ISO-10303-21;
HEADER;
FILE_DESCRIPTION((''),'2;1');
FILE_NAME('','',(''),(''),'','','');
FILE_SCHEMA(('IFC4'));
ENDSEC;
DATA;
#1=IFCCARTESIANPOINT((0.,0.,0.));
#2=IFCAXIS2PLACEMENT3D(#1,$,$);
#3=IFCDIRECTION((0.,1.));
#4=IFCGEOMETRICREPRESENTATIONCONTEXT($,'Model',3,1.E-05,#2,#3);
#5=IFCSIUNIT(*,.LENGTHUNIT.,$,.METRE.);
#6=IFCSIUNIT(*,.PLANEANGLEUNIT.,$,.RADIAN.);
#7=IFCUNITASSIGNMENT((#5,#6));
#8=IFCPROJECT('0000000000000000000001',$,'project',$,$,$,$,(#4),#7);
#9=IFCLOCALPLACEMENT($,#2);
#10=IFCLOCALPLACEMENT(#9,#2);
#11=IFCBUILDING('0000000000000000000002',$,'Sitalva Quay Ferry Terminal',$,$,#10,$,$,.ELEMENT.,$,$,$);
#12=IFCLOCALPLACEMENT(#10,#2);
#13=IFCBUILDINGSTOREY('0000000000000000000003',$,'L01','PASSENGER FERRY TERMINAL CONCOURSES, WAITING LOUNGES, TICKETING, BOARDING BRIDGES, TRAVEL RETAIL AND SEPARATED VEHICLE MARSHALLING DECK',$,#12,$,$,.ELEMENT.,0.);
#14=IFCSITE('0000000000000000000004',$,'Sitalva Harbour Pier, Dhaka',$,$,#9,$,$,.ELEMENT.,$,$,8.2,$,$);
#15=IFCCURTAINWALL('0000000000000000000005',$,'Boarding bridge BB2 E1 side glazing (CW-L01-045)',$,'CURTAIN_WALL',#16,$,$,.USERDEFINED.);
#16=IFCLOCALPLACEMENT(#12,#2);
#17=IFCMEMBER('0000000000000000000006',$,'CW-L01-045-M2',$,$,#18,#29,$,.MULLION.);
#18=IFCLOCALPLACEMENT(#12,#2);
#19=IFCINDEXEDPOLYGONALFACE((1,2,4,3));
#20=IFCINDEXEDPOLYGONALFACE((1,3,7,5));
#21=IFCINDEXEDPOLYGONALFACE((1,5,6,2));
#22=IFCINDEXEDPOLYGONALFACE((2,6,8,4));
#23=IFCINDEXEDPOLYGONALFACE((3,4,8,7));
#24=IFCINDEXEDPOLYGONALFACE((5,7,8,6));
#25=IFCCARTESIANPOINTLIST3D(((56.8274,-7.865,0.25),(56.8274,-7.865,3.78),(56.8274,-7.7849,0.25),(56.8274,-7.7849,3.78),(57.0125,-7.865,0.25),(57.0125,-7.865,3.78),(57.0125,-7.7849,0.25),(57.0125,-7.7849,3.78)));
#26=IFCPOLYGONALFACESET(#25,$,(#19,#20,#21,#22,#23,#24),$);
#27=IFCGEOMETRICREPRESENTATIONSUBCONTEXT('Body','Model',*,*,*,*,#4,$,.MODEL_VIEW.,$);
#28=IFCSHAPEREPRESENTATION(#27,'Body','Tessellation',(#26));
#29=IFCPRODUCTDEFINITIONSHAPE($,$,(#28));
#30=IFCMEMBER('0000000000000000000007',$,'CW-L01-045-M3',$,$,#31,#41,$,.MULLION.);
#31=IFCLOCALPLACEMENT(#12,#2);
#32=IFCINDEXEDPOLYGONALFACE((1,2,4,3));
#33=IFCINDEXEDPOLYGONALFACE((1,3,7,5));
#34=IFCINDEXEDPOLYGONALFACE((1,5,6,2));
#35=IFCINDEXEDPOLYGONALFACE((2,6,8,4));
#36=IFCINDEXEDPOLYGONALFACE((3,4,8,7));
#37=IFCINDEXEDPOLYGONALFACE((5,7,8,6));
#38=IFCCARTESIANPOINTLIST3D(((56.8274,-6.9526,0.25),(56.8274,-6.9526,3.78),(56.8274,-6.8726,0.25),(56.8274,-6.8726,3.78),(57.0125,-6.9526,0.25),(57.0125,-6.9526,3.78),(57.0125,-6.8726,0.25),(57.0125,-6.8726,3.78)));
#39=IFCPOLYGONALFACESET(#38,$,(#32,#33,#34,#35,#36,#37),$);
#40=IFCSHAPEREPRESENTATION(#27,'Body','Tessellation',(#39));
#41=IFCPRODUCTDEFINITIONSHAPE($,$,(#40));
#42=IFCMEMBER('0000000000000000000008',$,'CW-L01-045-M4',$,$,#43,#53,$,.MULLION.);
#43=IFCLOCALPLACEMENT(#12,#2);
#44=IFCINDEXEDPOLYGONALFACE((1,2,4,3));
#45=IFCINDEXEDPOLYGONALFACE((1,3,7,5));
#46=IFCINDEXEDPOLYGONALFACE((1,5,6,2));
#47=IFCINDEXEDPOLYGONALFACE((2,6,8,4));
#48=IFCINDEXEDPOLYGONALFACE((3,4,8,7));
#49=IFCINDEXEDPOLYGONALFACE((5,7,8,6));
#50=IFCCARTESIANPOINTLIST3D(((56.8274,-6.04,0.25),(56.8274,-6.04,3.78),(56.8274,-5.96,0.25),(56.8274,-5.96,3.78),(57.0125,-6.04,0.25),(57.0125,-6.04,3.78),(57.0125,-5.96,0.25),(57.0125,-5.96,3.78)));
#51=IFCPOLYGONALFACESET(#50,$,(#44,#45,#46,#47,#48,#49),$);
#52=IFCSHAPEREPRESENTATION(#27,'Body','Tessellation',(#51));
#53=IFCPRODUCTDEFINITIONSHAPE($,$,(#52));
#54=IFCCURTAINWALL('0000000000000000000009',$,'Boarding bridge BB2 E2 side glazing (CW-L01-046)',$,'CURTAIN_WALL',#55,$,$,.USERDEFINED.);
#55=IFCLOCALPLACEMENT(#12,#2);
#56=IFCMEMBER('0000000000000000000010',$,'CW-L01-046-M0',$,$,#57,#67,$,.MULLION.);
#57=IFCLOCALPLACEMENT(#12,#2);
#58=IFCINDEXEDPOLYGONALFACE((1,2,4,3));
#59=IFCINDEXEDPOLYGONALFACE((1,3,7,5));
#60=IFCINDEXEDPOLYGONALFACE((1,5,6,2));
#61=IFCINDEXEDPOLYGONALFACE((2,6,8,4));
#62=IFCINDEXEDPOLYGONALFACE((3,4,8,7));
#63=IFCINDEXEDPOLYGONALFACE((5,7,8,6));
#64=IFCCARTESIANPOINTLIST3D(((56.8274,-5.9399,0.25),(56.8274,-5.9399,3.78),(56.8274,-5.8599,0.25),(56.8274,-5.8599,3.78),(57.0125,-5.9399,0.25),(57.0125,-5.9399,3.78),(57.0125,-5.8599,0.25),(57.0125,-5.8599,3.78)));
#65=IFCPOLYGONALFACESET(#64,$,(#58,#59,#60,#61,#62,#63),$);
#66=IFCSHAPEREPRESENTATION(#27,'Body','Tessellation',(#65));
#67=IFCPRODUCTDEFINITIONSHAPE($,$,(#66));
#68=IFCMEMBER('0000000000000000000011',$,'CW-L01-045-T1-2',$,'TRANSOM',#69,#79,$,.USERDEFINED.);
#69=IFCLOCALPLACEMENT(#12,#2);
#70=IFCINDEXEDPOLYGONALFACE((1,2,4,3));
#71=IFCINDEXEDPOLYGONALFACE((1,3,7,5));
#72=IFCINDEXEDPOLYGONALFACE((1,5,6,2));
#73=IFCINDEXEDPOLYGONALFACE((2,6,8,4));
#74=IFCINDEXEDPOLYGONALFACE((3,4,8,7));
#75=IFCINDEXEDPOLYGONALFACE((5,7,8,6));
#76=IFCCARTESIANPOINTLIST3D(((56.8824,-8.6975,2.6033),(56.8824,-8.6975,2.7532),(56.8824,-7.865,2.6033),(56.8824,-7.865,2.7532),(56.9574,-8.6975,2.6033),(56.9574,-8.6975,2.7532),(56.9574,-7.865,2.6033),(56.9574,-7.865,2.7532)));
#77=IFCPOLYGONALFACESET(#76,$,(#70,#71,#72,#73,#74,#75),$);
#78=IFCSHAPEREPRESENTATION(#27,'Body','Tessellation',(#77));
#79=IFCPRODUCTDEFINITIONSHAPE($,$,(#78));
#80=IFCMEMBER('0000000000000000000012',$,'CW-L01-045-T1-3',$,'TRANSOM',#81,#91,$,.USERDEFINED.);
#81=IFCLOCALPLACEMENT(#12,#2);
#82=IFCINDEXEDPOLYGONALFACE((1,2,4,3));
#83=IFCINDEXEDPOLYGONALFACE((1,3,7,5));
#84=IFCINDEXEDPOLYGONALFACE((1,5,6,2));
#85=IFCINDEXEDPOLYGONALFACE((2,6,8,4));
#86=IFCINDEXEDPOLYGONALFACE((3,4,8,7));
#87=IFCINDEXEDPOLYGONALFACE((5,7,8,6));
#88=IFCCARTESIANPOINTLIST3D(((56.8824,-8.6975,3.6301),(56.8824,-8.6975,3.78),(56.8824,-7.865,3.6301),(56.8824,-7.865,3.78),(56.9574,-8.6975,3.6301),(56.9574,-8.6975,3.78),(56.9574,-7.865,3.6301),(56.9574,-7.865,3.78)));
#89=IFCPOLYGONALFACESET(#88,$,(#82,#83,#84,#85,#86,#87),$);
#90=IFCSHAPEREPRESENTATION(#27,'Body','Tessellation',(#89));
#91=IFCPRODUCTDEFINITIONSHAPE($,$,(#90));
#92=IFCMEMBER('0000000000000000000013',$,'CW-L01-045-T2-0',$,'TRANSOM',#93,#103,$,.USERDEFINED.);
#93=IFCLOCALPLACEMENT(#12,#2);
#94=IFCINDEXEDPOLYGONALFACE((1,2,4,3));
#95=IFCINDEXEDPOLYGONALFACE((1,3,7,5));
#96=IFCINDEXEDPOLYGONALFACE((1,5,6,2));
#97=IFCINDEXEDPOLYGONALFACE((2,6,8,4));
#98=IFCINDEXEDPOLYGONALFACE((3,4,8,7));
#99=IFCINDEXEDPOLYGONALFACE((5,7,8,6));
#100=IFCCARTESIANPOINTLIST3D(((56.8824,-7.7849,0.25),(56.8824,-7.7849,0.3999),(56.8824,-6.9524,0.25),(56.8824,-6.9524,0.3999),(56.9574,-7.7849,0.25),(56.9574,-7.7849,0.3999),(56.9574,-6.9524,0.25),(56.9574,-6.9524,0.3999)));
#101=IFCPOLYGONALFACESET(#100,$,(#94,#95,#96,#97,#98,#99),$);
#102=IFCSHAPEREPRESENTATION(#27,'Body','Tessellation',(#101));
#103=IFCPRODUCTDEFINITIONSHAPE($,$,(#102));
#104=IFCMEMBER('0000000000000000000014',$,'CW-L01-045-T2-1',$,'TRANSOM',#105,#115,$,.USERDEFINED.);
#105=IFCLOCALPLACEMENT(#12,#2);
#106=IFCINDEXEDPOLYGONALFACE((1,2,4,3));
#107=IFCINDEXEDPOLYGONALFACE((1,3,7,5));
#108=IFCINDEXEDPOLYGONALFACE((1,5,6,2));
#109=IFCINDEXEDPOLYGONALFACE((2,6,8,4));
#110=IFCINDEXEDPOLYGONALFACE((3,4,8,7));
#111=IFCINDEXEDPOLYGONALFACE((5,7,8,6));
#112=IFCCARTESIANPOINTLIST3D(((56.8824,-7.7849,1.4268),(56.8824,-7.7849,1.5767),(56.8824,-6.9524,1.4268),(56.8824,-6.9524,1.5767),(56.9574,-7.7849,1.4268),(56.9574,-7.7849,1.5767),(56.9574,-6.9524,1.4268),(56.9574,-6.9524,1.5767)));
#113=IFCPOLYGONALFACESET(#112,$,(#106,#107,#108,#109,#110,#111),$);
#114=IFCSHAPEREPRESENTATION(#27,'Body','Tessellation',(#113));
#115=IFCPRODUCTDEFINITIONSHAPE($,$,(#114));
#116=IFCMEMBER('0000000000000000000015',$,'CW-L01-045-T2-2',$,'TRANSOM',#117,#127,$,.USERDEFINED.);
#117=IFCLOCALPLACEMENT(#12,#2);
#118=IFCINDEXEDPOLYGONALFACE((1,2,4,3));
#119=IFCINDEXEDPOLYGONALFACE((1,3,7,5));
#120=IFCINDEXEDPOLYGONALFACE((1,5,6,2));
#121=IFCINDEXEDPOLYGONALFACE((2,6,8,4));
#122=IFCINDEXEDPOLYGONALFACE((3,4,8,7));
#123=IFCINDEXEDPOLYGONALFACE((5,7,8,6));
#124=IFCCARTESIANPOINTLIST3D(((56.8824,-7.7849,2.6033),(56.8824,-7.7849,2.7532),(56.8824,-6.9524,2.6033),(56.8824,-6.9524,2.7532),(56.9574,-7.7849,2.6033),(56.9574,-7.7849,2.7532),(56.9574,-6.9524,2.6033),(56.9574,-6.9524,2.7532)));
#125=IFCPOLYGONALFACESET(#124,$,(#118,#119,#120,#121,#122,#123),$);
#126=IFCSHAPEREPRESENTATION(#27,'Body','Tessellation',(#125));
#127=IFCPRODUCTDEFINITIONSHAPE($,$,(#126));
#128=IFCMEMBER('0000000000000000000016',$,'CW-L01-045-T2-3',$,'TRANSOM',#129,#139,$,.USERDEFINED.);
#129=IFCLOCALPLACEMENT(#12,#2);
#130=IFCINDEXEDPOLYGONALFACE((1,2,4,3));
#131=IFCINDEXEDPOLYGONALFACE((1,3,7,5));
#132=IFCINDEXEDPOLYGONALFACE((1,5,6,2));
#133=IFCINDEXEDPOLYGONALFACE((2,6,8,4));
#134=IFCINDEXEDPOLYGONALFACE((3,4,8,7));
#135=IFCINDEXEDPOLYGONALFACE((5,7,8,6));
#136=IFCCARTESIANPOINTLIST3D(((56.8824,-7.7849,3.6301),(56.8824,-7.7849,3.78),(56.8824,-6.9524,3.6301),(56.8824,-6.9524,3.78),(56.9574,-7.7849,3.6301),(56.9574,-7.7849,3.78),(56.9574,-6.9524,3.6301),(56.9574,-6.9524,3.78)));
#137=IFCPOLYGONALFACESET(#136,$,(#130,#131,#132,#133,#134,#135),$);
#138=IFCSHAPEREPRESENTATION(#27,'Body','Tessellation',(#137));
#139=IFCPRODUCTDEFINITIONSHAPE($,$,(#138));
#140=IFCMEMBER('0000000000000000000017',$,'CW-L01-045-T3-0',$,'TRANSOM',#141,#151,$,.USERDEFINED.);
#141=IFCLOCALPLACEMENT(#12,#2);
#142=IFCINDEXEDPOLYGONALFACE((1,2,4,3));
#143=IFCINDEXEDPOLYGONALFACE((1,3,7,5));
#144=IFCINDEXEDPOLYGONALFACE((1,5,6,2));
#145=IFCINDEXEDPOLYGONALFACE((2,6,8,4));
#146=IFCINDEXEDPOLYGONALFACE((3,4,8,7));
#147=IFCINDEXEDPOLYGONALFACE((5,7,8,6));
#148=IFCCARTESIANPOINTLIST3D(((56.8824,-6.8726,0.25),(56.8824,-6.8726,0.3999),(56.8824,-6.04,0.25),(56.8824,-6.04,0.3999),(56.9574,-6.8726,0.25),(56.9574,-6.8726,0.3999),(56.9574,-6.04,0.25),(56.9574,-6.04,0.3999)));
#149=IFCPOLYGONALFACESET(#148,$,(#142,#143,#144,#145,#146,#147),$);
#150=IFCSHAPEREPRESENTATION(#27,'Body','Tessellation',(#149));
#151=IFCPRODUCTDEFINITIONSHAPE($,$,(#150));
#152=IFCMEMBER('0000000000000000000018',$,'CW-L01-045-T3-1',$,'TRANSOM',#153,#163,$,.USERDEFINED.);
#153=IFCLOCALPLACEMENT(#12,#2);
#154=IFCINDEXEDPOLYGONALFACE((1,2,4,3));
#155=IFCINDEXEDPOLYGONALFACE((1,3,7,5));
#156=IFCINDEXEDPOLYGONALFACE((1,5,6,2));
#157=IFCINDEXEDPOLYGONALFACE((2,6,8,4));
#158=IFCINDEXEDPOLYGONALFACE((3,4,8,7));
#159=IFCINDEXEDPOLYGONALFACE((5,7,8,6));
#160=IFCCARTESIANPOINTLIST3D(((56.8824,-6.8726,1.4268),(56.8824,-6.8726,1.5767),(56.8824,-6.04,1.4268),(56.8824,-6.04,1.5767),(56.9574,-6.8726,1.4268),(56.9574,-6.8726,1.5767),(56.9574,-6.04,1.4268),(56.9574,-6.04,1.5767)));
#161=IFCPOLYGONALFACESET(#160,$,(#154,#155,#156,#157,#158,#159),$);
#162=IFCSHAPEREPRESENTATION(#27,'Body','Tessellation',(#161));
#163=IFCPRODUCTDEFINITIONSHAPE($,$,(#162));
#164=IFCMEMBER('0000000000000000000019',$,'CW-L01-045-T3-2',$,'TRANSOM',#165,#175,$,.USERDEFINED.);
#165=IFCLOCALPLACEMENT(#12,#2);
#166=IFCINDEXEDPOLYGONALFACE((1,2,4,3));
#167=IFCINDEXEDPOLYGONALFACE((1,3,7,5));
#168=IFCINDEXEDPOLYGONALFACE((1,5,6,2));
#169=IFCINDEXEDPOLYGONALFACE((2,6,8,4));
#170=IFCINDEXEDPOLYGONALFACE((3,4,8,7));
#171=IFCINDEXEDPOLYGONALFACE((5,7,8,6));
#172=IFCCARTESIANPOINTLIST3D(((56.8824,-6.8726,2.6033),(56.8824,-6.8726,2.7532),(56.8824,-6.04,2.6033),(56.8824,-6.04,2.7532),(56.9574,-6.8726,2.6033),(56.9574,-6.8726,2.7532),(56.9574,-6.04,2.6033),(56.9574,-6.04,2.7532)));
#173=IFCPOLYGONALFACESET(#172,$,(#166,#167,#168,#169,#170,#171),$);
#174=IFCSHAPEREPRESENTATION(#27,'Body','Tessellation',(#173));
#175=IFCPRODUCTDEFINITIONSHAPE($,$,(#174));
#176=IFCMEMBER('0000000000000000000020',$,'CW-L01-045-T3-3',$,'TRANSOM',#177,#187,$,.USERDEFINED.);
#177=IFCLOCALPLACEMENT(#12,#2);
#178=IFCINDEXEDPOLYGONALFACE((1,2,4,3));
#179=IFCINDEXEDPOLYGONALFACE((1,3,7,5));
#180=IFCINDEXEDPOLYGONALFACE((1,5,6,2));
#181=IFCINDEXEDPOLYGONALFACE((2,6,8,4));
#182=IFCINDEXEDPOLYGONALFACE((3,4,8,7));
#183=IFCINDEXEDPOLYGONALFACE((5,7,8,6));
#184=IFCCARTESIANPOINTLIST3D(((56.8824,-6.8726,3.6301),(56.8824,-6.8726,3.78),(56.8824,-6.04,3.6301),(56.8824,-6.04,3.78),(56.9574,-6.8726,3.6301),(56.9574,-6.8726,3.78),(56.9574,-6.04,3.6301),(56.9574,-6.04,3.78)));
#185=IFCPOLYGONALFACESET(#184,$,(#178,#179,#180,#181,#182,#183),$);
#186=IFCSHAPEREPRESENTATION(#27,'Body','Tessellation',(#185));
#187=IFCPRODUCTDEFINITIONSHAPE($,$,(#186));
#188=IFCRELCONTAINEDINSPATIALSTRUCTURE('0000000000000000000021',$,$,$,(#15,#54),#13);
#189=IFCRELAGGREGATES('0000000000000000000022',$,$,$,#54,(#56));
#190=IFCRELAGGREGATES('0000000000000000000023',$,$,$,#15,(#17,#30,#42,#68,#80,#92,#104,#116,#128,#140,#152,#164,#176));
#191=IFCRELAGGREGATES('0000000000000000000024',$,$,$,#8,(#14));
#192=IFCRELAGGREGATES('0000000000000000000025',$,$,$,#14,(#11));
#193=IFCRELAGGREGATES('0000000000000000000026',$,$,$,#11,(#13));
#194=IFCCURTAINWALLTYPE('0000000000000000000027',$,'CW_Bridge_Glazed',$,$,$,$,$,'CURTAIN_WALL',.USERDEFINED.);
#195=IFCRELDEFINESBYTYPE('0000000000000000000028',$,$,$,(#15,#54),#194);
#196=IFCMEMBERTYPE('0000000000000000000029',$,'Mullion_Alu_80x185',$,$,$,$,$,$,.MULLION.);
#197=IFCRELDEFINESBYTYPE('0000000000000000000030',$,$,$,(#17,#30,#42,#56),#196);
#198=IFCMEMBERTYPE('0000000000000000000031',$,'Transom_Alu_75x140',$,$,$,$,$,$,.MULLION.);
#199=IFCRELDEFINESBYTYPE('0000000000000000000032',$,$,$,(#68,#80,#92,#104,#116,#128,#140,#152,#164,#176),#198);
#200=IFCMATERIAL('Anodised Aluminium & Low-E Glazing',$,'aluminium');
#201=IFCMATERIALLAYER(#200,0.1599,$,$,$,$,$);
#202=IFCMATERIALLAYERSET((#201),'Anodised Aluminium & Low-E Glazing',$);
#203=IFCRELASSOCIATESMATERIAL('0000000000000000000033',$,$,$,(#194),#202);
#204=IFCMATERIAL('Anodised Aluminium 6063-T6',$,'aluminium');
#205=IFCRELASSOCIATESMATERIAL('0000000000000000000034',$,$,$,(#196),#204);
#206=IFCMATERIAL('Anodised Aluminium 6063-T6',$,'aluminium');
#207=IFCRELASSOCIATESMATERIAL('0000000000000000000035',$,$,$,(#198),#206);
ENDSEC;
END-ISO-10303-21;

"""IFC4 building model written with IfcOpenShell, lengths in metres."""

from ifc_helpers import new_model, si_unit, direction, frame, origin, origin_2d, place, context, subcontext, project, spatial, rectangle, extrude, material, layer, layer_set, material_profile, profile_set, type_object, element, aggregate, save


model = new_model("IFC4")

# Units and contexts
model_context = context("Model", 3, precision=1e-05, world=origin(), true_north=direction((0.0, 1.0)))
body_context = subcontext(model_context, "Body", "Model", "MODEL_VIEW")
ifc_project = project(units=[si_unit("LENGTHUNIT", "METRE"), si_unit("PLANEANGLEUNIT", "RADIAN")], contexts=[model_context])

# Site, building, storey
site_placement = place(None, origin())
site = spatial("IfcSite", under=ifc_project, at=site_placement, Name="Sitalva Harbour Pier, Dhaka", CompositionType="ELEMENT", RefElevation=8.2)
building_placement = place(site_placement, origin())
building = spatial("IfcBuilding", under=site, at=building_placement, Name="Sitalva Quay Ferry Terminal", CompositionType="ELEMENT")
storey_placement = place(building_placement, origin())
storey = spatial("IfcBuildingStorey", under=building, at=storey_placement, Name="L01", Description="PASSENGER FERRY TERMINAL CONCOURSES, WAITING LOUNGES, TICKETING, BOARDING BRIDGES, TRAVEL RETAIL AND SEPARATED VEHICLE MARSHALLING DECK", CompositionType="ELEMENT", Elevation=0.0)

# Curtain wall, members
ifc_material_1 = material(Name="Anodised Aluminium & Low-E Glazing", Category="aluminium")
ifc_layer_1 = layer(ifc_material_1, 0.1599)
ifc_layer_set_1 = layer_set([ifc_layer_1], Name="Anodised Aluminium & Low-E Glazing")
curtain_wall_type = type_object("IfcCurtainWallType", Name="CW_Bridge_Glazed", ElementType="CURTAIN_WALL", PredefinedType="USERDEFINED", material=ifc_layer_set_1)
curtain_wall_1_placement = place(storey_placement, origin())
curtain_wall_1 = element("IfcCurtainWall", 1, at=curtain_wall_1_placement, inside=storey, type_object=curtain_wall_type, Name="Boarding bridge BB2 E1 side glazing (CW-L01-045)", ObjectType="CURTAIN_WALL", PredefinedType="USERDEFINED")
ifc_material_2 = material(Name="Anodised Aluminium 6063-T6", Category="aluminium")
ifc_material_profile_1 = material_profile(ifc_material_2, rectangle(XDim=0.0801, YDim=0.1851, at=origin_2d()), Name="ALU80x185")
ifc_profile_set_1 = profile_set([ifc_material_profile_1], Name="Anodised Aluminium 6063-T6")
member_type_1 = type_object("IfcMemberType", Name="Mullion_Alu_80x185", PredefinedType="MULLION", material=ifc_profile_set_1)
member_1_placement = place(storey_placement, frame((56.9199, -7.825, 0.25), z_axis=(0.0, 0.0, 1.0), x_axis=(0.0, 1.0, 0.0)))
member_1 = element("IfcMember", 2, at=member_1_placement, type_object=member_type_1, Name="CW-L01-045-M2", PredefinedType="MULLION", context=body_context, shape_type="SweptSolid", body=[
    extrude(rectangle(XDim=0.0801, YDim=0.1851, at=origin_2d()), origin(), (0.0, 0.0, 1.0), 3.53),
])
member_2_placement = place(storey_placement, frame((56.9199, -6.9126, 0.25), z_axis=(0.0, 0.0, 1.0), x_axis=(0.0, 1.0, 0.0)))
member_2 = element("IfcMember", 3, at=member_2_placement, type_object=member_type_1, Name="CW-L01-045-M3", PredefinedType="MULLION", context=body_context, shape_type="SweptSolid", body=[
    extrude(rectangle(XDim=0.0801, YDim=0.1851, at=origin_2d()), origin(), (0.0, 0.0, 1.0), 3.53),
])
member_3_placement = place(storey_placement, frame((56.9199, -6.0, 0.25), z_axis=(0.0, 0.0, 1.0), x_axis=(0.0, 1.0, 0.0)))
member_3 = element("IfcMember", 4, at=member_3_placement, type_object=member_type_1, Name="CW-L01-045-M4", PredefinedType="MULLION", context=body_context, shape_type="SweptSolid", body=[
    extrude(rectangle(XDim=0.0801, YDim=0.1851, at=origin_2d()), origin(), (0.0, 0.0, 1.0), 3.53),
])

# Curtain wall, member
curtain_wall_2_placement = place(storey_placement, origin())
curtain_wall_2 = element("IfcCurtainWall", 5, at=curtain_wall_2_placement, inside=storey, type_object=curtain_wall_type, Name="Boarding bridge BB2 E2 side glazing (CW-L01-046)", ObjectType="CURTAIN_WALL", PredefinedType="USERDEFINED")
member_4_placement = place(storey_placement, frame((56.9199, -5.8999, 0.25), z_axis=(0.0, 0.0, 1.0), x_axis=(0.0, 1.0, 0.0)))
member_4 = element("IfcMember", 6, at=member_4_placement, type_object=member_type_1, Name="CW-L01-046-M0", PredefinedType="MULLION", context=body_context, shape_type="SweptSolid", body=[
    extrude(rectangle(XDim=0.0801, YDim=0.1851, at=origin_2d()), origin(), (0.0, 0.0, 1.0), 3.53),
])
aggregate(curtain_wall_2, [member_4])

# Members
ifc_material_3 = material(Name="Anodised Aluminium 6063-T6", Category="aluminium")
ifc_material_profile_2 = material_profile(ifc_material_3, rectangle(XDim=0.075, YDim=0.1499, at=origin_2d()), Name="ALU75x150")
ifc_profile_set_2 = profile_set([ifc_material_profile_2], Name="Anodised Aluminium 6063-T6")
member_type_2 = type_object("IfcMemberType", Name="Transom_Alu_75x140", PredefinedType="MULLION", material=ifc_profile_set_2)
member_5_placement = place(storey_placement, frame((56.9199, -8.6975, 2.6782), z_axis=(0.0, 1.0, 0.0), x_axis=(-1.0, 0.0, 0.0)))
member_5 = element("IfcMember", 7, at=member_5_placement, type_object=member_type_2, Name="CW-L01-045-T1-2", ObjectType="TRANSOM", PredefinedType="USERDEFINED", context=body_context, shape_type="SweptSolid", body=[
    extrude(rectangle(XDim=0.075, YDim=0.1499, at=origin_2d()), origin(), (0.0, 0.0, 1.0), 0.8325),
])
member_6_placement = place(storey_placement, frame((56.9199, -8.6975, 3.7051), z_axis=(0.0, 1.0, 0.0), x_axis=(-1.0, 0.0, 0.0)))
member_6 = element("IfcMember", 8, at=member_6_placement, type_object=member_type_2, Name="CW-L01-045-T1-3", ObjectType="TRANSOM", PredefinedType="USERDEFINED", context=body_context, shape_type="SweptSolid", body=[
    extrude(rectangle(XDim=0.075, YDim=0.1499, at=origin_2d()), origin(), (0.0, 0.0, 1.0), 0.8325),
])
member_7_placement = place(storey_placement, frame((56.9199, -7.7849, 0.325), z_axis=(0.0, 1.0, 0.0), x_axis=(-1.0, 0.0, 0.0)))
member_7 = element("IfcMember", 9, at=member_7_placement, type_object=member_type_2, Name="CW-L01-045-T2-0", ObjectType="TRANSOM", PredefinedType="USERDEFINED", context=body_context, shape_type="SweptSolid", body=[
    extrude(rectangle(XDim=0.075, YDim=0.1499, at=origin_2d()), origin(), (0.0, 0.0, 1.0), 0.8325),
])
member_8_placement = place(storey_placement, frame((56.9199, -7.7849, 1.5017), z_axis=(0.0, 1.0, 0.0), x_axis=(-1.0, 0.0, 0.0)))
member_8 = element("IfcMember", 10, at=member_8_placement, type_object=member_type_2, Name="CW-L01-045-T2-1", ObjectType="TRANSOM", PredefinedType="USERDEFINED", context=body_context, shape_type="SweptSolid", body=[
    extrude(rectangle(XDim=0.075, YDim=0.1499, at=origin_2d()), origin(), (0.0, 0.0, 1.0), 0.8325),
])
member_9_placement = place(storey_placement, frame((56.9199, -7.7849, 2.6782), z_axis=(0.0, 1.0, 0.0), x_axis=(-1.0, 0.0, 0.0)))
member_9 = element("IfcMember", 11, at=member_9_placement, type_object=member_type_2, Name="CW-L01-045-T2-2", ObjectType="TRANSOM", PredefinedType="USERDEFINED", context=body_context, shape_type="SweptSolid", body=[
    extrude(rectangle(XDim=0.075, YDim=0.1499, at=origin_2d()), origin(), (0.0, 0.0, 1.0), 0.8325),
])
member_10_placement = place(storey_placement, frame((56.9199, -7.7849, 3.7051), z_axis=(0.0, 1.0, 0.0), x_axis=(-1.0, 0.0, 0.0)))
member_10 = element("IfcMember", 12, at=member_10_placement, type_object=member_type_2, Name="CW-L01-045-T2-3", ObjectType="TRANSOM", PredefinedType="USERDEFINED", context=body_context, shape_type="SweptSolid", body=[
    extrude(rectangle(XDim=0.075, YDim=0.1499, at=origin_2d()), origin(), (0.0, 0.0, 1.0), 0.8325),
])
member_11_placement = place(storey_placement, frame((56.9199, -6.8726, 0.325), z_axis=(0.0, 1.0, 0.0), x_axis=(-1.0, 0.0, 0.0)))
member_11 = element("IfcMember", 13, at=member_11_placement, type_object=member_type_2, Name="CW-L01-045-T3-0", ObjectType="TRANSOM", PredefinedType="USERDEFINED", context=body_context, shape_type="SweptSolid", body=[
    extrude(rectangle(XDim=0.075, YDim=0.1499, at=origin_2d()), origin(), (0.0, 0.0, 1.0), 0.8325),
])
member_12_placement = place(storey_placement, frame((56.9199, -6.8726, 1.5017), z_axis=(0.0, 1.0, 0.0), x_axis=(-1.0, 0.0, 0.0)))
member_12 = element("IfcMember", 14, at=member_12_placement, type_object=member_type_2, Name="CW-L01-045-T3-1", ObjectType="TRANSOM", PredefinedType="USERDEFINED", context=body_context, shape_type="SweptSolid", body=[
    extrude(rectangle(XDim=0.075, YDim=0.1499, at=origin_2d()), origin(), (0.0, 0.0, 1.0), 0.8325),
])
member_13_placement = place(storey_placement, frame((56.9199, -6.8726, 2.6782), z_axis=(0.0, 1.0, 0.0), x_axis=(-1.0, 0.0, 0.0)))
member_13 = element("IfcMember", 15, at=member_13_placement, type_object=member_type_2, Name="CW-L01-045-T3-2", ObjectType="TRANSOM", PredefinedType="USERDEFINED", context=body_context, shape_type="SweptSolid", body=[
    extrude(rectangle(XDim=0.075, YDim=0.1499, at=origin_2d()), origin(), (0.0, 0.0, 1.0), 0.8325),
])
member_14_placement = place(storey_placement, frame((56.9199, -6.8726, 3.7051), z_axis=(0.0, 1.0, 0.0), x_axis=(-1.0, 0.0, 0.0)))
member_14 = element("IfcMember", 16, at=member_14_placement, type_object=member_type_2, Name="CW-L01-045-T3-3", ObjectType="TRANSOM", PredefinedType="USERDEFINED", context=body_context, shape_type="SweptSolid", body=[
    extrude(rectangle(XDim=0.075, YDim=0.1499, at=origin_2d()), origin(), (0.0, 0.0, 1.0), 0.8325),
])

aggregate(curtain_wall_1, [member_1, member_2, member_3, member_5, member_6, member_7, member_8, member_9, member_10, member_11, member_12, member_13, member_14])

save(model, "model.ifc")
